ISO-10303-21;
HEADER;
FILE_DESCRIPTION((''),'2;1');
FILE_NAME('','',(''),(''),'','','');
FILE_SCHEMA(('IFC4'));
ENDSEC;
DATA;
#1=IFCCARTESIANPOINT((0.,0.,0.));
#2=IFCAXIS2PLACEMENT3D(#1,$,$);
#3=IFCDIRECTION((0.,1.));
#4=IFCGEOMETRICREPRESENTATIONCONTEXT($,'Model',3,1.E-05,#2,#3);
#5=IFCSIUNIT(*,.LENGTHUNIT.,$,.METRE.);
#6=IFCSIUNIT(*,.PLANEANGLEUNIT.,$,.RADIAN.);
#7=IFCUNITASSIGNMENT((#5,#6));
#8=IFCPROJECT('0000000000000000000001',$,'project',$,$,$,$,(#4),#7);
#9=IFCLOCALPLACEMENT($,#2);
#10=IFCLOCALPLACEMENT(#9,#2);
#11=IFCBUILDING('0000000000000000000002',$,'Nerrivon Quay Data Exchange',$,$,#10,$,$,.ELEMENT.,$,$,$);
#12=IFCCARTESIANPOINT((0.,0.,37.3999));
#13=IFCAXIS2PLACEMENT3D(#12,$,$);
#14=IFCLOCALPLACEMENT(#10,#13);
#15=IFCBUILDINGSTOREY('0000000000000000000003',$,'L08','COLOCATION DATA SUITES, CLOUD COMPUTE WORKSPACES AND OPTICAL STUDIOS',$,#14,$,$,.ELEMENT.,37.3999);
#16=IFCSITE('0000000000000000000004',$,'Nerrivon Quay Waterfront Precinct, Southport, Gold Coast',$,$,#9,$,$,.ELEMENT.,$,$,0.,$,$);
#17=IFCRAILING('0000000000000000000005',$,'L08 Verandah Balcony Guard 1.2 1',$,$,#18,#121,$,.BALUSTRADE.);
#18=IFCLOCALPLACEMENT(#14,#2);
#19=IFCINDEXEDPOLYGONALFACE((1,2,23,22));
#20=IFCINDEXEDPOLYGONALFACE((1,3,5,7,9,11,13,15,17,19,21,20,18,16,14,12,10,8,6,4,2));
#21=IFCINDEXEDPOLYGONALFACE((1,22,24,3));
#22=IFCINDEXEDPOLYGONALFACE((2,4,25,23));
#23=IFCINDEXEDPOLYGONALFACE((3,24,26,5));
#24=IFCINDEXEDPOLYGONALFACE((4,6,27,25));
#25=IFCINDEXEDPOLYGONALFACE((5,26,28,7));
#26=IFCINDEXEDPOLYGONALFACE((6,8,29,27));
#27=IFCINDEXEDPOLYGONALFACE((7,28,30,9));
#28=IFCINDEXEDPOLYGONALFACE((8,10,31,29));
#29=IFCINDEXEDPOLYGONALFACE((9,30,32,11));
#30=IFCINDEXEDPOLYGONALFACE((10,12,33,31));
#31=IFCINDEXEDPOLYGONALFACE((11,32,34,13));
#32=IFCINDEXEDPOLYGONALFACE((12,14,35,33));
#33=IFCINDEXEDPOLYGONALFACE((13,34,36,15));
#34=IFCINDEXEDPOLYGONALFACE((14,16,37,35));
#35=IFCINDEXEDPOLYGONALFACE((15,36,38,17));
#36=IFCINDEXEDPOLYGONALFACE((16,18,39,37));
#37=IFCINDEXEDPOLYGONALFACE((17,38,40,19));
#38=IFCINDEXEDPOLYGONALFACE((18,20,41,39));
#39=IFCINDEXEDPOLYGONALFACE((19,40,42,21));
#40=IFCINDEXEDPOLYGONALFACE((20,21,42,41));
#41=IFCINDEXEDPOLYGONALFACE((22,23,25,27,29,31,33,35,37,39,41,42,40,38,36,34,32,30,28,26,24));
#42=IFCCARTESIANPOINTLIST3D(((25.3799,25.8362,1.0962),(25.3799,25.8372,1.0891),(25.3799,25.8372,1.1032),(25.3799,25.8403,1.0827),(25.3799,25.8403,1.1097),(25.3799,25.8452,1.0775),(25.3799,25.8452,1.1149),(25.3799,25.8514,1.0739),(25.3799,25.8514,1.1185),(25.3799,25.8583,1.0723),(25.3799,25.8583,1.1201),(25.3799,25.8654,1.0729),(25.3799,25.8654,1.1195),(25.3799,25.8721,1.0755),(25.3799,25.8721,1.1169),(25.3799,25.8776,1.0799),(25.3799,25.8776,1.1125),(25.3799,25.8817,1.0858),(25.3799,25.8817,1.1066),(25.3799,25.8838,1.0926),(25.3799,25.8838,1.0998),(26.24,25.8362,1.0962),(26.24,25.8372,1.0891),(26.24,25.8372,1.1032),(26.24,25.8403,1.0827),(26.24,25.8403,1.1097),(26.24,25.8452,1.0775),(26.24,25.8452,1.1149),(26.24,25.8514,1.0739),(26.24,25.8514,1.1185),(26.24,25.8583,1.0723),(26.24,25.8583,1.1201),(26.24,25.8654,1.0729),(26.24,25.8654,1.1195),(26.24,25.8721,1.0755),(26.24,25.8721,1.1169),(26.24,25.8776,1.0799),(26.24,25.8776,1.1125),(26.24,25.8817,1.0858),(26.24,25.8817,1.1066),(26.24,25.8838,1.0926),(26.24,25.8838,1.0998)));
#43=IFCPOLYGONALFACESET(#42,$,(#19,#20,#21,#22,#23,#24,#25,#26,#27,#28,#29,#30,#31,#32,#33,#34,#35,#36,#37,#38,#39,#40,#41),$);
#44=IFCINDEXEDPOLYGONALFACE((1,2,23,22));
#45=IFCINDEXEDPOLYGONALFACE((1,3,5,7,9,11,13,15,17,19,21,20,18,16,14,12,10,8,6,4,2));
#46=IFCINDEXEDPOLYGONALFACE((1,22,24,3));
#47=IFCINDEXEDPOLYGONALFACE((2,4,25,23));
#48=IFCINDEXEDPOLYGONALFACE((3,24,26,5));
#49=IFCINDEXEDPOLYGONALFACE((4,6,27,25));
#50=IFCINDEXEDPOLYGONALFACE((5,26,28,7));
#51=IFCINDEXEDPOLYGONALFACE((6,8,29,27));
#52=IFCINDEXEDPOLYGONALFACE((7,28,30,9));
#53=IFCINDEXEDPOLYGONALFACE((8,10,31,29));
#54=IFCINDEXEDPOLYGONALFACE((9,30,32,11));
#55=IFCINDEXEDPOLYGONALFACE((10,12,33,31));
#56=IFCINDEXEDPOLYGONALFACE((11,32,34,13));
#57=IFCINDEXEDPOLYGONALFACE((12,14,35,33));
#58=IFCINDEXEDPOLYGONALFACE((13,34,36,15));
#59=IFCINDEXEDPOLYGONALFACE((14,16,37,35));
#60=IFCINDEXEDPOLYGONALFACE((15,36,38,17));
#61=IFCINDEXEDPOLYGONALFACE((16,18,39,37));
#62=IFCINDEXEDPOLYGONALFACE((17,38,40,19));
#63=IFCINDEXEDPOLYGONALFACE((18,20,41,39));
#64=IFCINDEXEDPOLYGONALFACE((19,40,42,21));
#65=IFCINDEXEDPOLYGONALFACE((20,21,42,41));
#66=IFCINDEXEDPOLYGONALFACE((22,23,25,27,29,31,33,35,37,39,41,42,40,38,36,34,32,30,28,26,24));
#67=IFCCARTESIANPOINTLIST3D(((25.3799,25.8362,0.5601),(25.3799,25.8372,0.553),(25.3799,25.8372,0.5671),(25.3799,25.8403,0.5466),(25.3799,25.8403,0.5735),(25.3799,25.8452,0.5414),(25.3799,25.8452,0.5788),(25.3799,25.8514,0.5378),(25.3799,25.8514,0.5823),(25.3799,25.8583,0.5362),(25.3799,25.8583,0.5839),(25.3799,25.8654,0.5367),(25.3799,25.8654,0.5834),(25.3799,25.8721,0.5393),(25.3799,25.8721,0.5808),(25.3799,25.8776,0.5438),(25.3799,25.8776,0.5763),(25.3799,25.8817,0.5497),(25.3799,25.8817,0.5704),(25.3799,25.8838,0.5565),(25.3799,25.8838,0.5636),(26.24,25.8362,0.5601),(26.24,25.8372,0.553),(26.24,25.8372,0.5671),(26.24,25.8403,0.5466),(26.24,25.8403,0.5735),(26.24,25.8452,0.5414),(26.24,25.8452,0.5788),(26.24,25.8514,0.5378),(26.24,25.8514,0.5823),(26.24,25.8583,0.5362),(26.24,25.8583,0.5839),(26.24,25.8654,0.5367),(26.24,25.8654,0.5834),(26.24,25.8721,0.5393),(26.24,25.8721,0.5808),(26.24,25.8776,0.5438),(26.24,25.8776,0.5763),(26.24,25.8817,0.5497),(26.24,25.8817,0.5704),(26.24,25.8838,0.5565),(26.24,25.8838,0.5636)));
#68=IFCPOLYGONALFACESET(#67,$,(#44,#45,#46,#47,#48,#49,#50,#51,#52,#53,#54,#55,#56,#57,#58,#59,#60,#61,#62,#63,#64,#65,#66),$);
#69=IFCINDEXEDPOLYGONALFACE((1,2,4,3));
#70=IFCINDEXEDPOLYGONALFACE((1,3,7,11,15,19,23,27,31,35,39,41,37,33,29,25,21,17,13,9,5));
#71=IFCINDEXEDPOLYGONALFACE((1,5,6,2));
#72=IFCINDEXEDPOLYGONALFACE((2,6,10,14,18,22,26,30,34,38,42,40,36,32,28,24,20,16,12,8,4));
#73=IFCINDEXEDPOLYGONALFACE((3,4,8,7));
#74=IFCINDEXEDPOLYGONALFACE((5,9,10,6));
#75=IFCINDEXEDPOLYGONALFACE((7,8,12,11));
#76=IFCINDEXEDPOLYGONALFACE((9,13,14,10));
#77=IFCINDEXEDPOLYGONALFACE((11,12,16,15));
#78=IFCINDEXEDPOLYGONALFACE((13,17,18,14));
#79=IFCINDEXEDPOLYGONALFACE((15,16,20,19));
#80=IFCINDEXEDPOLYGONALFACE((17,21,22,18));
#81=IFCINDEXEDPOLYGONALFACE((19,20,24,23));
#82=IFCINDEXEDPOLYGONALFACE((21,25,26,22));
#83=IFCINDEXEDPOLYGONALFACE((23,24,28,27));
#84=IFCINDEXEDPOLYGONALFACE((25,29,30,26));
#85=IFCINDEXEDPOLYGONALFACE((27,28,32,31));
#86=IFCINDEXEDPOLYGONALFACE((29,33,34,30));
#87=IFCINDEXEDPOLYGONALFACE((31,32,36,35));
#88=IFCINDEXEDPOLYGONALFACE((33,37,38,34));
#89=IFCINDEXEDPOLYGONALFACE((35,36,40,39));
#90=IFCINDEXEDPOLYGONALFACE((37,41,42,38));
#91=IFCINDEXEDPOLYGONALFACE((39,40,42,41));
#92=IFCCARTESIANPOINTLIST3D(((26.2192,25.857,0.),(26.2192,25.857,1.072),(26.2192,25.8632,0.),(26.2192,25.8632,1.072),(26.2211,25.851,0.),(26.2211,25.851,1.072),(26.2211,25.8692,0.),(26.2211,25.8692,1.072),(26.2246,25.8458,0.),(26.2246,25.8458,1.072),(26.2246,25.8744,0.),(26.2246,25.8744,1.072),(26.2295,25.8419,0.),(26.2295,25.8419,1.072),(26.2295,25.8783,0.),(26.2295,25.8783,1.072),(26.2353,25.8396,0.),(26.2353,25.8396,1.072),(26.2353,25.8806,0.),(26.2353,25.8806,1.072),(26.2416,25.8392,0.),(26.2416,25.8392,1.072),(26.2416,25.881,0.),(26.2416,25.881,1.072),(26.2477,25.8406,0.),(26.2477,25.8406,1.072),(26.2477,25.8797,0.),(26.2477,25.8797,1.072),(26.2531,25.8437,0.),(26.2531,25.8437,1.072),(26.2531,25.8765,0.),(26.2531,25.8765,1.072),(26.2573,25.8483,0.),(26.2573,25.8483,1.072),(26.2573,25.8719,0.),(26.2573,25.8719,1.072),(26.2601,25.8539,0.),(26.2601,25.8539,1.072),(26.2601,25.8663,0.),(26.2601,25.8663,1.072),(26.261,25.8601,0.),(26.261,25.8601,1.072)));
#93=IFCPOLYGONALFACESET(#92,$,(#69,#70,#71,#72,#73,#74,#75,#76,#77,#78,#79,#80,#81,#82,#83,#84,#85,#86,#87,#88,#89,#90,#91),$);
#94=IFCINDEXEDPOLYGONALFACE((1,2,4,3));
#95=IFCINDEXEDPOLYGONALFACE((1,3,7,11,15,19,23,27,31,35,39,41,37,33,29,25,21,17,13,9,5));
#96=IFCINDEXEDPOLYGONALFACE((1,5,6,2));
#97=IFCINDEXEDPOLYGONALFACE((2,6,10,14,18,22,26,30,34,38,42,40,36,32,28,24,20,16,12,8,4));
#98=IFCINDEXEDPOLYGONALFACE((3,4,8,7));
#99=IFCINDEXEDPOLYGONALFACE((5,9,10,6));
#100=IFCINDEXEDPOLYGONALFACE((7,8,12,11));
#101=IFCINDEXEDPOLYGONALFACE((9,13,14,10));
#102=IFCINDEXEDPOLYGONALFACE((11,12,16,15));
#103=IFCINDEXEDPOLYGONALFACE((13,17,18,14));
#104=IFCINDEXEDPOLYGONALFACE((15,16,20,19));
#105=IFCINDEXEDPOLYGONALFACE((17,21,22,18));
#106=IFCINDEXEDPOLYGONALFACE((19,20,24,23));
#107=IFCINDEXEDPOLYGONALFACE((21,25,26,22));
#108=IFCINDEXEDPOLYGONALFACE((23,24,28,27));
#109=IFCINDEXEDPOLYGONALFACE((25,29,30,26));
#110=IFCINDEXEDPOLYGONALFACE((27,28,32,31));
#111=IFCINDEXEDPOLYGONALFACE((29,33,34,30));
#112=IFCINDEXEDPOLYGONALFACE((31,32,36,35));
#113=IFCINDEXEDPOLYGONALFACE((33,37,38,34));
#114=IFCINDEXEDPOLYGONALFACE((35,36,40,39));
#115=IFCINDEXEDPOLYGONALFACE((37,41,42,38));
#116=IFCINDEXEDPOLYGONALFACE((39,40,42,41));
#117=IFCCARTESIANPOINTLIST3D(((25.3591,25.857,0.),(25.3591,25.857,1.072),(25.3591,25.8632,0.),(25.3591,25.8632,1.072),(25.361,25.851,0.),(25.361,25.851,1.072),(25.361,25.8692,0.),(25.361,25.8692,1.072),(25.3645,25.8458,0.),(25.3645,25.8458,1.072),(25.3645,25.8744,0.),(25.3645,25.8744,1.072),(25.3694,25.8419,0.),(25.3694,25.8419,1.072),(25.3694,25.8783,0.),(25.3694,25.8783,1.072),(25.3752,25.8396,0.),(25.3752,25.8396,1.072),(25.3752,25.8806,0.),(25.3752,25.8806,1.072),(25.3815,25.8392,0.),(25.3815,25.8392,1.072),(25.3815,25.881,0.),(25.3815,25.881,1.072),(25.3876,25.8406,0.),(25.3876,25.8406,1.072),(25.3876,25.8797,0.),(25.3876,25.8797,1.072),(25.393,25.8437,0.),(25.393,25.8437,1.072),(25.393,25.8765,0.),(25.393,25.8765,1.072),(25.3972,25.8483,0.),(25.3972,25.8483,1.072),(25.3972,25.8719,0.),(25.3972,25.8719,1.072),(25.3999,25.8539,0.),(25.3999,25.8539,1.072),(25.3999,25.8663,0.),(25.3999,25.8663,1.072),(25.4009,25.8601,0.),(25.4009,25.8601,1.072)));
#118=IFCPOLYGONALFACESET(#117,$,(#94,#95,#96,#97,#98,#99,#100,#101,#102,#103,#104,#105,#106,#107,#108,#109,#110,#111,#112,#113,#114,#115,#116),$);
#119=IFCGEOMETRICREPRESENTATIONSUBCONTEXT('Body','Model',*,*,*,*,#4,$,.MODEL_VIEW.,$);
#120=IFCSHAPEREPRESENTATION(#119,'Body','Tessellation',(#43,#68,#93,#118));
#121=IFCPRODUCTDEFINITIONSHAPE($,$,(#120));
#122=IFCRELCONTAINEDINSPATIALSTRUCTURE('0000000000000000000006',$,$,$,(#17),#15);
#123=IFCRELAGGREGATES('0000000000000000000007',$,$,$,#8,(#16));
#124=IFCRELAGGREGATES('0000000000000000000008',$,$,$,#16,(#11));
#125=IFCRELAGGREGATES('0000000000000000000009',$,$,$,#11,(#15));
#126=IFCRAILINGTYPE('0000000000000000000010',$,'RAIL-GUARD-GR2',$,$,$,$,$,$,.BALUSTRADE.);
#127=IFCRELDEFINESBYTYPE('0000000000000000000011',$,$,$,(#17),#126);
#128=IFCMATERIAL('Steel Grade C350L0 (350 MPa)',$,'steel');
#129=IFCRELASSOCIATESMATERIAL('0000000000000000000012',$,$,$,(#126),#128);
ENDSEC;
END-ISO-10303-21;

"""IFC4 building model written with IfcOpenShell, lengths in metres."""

from ifc_helpers import new_model, si_unit, direction, frame, origin, origin_2d, place, context, subcontext, project, spatial, circle, extrude, material, type_object, element, save


model = new_model("IFC4")

# Units and contexts
model_context = context("Model", 3, precision=1e-05, world=origin(), true_north=direction((0.0, 1.0)))
body_context = subcontext(model_context, "Body", "Model", "MODEL_VIEW")
ifc_project = project(units=[si_unit("LENGTHUNIT", "METRE"), si_unit("PLANEANGLEUNIT", "RADIAN")], contexts=[model_context])

# Site, building, storey
site_placement = place(None, origin())
site = spatial("IfcSite", under=ifc_project, at=site_placement, Name="Nerrivon Quay Waterfront Precinct, Southport, Gold Coast", CompositionType="ELEMENT", RefElevation=0.0)
building_placement = place(site_placement, origin())
building = spatial("IfcBuilding", under=site, at=building_placement, Name="Nerrivon Quay Data Exchange", CompositionType="ELEMENT")
storey_placement = place(building_placement, frame((0.0, 0.0, 37.3999)))
storey = spatial("IfcBuildingStorey", under=building, at=storey_placement, Name="L08", Description="COLOCATION DATA SUITES, CLOUD COMPUTE WORKSPACES AND OPTICAL STUDIOS", CompositionType="ELEMENT", Elevation=37.3999)

# Railing
ifc_material_1 = material(Name="Steel Grade C350L0 (350 MPa)", Category="steel")
railing_type = type_object("IfcRailingType", Name="RAIL-GUARD-GR2", PredefinedType="BALUSTRADE", material=ifc_material_1)
railing_1_placement = place(storey_placement, frame((26.24, 25.8601, 0.0)))
element("IfcRailing", 1, at=railing_1_placement, inside=storey, type_object=railing_type, Name="L08 Verandah Balcony Guard 1.2 1", PredefinedType="BALUSTRADE", context=body_context, shape_type="SweptSolid", body=[
    extrude(circle(Radius=0.0239, at=origin_2d()), frame((0.0, 0.0, 1.0962), z_axis=(-1.0, 0.0, 0.0), x_axis=(0.0, -1.0, 0.0)), (0.0, 0.0, 1.0), 0.8601),
    extrude(circle(Radius=0.0239, at=origin_2d()), frame((0.0, 0.0, 0.5601), z_axis=(-1.0, 0.0, 0.0), x_axis=(0.0, -1.0, 0.0)), (0.0, 0.0, 1.0), 0.8601),
    extrude(circle(Radius=0.021, at=origin_2d()), origin(), (0.0, 0.0, 1.0), 1.072),
    extrude(circle(Radius=0.021, at=origin_2d()), frame((-0.8601, 0.0, 0.0)), (0.0, 0.0, 1.0), 1.072),
])

save(model, "model.ifc")
